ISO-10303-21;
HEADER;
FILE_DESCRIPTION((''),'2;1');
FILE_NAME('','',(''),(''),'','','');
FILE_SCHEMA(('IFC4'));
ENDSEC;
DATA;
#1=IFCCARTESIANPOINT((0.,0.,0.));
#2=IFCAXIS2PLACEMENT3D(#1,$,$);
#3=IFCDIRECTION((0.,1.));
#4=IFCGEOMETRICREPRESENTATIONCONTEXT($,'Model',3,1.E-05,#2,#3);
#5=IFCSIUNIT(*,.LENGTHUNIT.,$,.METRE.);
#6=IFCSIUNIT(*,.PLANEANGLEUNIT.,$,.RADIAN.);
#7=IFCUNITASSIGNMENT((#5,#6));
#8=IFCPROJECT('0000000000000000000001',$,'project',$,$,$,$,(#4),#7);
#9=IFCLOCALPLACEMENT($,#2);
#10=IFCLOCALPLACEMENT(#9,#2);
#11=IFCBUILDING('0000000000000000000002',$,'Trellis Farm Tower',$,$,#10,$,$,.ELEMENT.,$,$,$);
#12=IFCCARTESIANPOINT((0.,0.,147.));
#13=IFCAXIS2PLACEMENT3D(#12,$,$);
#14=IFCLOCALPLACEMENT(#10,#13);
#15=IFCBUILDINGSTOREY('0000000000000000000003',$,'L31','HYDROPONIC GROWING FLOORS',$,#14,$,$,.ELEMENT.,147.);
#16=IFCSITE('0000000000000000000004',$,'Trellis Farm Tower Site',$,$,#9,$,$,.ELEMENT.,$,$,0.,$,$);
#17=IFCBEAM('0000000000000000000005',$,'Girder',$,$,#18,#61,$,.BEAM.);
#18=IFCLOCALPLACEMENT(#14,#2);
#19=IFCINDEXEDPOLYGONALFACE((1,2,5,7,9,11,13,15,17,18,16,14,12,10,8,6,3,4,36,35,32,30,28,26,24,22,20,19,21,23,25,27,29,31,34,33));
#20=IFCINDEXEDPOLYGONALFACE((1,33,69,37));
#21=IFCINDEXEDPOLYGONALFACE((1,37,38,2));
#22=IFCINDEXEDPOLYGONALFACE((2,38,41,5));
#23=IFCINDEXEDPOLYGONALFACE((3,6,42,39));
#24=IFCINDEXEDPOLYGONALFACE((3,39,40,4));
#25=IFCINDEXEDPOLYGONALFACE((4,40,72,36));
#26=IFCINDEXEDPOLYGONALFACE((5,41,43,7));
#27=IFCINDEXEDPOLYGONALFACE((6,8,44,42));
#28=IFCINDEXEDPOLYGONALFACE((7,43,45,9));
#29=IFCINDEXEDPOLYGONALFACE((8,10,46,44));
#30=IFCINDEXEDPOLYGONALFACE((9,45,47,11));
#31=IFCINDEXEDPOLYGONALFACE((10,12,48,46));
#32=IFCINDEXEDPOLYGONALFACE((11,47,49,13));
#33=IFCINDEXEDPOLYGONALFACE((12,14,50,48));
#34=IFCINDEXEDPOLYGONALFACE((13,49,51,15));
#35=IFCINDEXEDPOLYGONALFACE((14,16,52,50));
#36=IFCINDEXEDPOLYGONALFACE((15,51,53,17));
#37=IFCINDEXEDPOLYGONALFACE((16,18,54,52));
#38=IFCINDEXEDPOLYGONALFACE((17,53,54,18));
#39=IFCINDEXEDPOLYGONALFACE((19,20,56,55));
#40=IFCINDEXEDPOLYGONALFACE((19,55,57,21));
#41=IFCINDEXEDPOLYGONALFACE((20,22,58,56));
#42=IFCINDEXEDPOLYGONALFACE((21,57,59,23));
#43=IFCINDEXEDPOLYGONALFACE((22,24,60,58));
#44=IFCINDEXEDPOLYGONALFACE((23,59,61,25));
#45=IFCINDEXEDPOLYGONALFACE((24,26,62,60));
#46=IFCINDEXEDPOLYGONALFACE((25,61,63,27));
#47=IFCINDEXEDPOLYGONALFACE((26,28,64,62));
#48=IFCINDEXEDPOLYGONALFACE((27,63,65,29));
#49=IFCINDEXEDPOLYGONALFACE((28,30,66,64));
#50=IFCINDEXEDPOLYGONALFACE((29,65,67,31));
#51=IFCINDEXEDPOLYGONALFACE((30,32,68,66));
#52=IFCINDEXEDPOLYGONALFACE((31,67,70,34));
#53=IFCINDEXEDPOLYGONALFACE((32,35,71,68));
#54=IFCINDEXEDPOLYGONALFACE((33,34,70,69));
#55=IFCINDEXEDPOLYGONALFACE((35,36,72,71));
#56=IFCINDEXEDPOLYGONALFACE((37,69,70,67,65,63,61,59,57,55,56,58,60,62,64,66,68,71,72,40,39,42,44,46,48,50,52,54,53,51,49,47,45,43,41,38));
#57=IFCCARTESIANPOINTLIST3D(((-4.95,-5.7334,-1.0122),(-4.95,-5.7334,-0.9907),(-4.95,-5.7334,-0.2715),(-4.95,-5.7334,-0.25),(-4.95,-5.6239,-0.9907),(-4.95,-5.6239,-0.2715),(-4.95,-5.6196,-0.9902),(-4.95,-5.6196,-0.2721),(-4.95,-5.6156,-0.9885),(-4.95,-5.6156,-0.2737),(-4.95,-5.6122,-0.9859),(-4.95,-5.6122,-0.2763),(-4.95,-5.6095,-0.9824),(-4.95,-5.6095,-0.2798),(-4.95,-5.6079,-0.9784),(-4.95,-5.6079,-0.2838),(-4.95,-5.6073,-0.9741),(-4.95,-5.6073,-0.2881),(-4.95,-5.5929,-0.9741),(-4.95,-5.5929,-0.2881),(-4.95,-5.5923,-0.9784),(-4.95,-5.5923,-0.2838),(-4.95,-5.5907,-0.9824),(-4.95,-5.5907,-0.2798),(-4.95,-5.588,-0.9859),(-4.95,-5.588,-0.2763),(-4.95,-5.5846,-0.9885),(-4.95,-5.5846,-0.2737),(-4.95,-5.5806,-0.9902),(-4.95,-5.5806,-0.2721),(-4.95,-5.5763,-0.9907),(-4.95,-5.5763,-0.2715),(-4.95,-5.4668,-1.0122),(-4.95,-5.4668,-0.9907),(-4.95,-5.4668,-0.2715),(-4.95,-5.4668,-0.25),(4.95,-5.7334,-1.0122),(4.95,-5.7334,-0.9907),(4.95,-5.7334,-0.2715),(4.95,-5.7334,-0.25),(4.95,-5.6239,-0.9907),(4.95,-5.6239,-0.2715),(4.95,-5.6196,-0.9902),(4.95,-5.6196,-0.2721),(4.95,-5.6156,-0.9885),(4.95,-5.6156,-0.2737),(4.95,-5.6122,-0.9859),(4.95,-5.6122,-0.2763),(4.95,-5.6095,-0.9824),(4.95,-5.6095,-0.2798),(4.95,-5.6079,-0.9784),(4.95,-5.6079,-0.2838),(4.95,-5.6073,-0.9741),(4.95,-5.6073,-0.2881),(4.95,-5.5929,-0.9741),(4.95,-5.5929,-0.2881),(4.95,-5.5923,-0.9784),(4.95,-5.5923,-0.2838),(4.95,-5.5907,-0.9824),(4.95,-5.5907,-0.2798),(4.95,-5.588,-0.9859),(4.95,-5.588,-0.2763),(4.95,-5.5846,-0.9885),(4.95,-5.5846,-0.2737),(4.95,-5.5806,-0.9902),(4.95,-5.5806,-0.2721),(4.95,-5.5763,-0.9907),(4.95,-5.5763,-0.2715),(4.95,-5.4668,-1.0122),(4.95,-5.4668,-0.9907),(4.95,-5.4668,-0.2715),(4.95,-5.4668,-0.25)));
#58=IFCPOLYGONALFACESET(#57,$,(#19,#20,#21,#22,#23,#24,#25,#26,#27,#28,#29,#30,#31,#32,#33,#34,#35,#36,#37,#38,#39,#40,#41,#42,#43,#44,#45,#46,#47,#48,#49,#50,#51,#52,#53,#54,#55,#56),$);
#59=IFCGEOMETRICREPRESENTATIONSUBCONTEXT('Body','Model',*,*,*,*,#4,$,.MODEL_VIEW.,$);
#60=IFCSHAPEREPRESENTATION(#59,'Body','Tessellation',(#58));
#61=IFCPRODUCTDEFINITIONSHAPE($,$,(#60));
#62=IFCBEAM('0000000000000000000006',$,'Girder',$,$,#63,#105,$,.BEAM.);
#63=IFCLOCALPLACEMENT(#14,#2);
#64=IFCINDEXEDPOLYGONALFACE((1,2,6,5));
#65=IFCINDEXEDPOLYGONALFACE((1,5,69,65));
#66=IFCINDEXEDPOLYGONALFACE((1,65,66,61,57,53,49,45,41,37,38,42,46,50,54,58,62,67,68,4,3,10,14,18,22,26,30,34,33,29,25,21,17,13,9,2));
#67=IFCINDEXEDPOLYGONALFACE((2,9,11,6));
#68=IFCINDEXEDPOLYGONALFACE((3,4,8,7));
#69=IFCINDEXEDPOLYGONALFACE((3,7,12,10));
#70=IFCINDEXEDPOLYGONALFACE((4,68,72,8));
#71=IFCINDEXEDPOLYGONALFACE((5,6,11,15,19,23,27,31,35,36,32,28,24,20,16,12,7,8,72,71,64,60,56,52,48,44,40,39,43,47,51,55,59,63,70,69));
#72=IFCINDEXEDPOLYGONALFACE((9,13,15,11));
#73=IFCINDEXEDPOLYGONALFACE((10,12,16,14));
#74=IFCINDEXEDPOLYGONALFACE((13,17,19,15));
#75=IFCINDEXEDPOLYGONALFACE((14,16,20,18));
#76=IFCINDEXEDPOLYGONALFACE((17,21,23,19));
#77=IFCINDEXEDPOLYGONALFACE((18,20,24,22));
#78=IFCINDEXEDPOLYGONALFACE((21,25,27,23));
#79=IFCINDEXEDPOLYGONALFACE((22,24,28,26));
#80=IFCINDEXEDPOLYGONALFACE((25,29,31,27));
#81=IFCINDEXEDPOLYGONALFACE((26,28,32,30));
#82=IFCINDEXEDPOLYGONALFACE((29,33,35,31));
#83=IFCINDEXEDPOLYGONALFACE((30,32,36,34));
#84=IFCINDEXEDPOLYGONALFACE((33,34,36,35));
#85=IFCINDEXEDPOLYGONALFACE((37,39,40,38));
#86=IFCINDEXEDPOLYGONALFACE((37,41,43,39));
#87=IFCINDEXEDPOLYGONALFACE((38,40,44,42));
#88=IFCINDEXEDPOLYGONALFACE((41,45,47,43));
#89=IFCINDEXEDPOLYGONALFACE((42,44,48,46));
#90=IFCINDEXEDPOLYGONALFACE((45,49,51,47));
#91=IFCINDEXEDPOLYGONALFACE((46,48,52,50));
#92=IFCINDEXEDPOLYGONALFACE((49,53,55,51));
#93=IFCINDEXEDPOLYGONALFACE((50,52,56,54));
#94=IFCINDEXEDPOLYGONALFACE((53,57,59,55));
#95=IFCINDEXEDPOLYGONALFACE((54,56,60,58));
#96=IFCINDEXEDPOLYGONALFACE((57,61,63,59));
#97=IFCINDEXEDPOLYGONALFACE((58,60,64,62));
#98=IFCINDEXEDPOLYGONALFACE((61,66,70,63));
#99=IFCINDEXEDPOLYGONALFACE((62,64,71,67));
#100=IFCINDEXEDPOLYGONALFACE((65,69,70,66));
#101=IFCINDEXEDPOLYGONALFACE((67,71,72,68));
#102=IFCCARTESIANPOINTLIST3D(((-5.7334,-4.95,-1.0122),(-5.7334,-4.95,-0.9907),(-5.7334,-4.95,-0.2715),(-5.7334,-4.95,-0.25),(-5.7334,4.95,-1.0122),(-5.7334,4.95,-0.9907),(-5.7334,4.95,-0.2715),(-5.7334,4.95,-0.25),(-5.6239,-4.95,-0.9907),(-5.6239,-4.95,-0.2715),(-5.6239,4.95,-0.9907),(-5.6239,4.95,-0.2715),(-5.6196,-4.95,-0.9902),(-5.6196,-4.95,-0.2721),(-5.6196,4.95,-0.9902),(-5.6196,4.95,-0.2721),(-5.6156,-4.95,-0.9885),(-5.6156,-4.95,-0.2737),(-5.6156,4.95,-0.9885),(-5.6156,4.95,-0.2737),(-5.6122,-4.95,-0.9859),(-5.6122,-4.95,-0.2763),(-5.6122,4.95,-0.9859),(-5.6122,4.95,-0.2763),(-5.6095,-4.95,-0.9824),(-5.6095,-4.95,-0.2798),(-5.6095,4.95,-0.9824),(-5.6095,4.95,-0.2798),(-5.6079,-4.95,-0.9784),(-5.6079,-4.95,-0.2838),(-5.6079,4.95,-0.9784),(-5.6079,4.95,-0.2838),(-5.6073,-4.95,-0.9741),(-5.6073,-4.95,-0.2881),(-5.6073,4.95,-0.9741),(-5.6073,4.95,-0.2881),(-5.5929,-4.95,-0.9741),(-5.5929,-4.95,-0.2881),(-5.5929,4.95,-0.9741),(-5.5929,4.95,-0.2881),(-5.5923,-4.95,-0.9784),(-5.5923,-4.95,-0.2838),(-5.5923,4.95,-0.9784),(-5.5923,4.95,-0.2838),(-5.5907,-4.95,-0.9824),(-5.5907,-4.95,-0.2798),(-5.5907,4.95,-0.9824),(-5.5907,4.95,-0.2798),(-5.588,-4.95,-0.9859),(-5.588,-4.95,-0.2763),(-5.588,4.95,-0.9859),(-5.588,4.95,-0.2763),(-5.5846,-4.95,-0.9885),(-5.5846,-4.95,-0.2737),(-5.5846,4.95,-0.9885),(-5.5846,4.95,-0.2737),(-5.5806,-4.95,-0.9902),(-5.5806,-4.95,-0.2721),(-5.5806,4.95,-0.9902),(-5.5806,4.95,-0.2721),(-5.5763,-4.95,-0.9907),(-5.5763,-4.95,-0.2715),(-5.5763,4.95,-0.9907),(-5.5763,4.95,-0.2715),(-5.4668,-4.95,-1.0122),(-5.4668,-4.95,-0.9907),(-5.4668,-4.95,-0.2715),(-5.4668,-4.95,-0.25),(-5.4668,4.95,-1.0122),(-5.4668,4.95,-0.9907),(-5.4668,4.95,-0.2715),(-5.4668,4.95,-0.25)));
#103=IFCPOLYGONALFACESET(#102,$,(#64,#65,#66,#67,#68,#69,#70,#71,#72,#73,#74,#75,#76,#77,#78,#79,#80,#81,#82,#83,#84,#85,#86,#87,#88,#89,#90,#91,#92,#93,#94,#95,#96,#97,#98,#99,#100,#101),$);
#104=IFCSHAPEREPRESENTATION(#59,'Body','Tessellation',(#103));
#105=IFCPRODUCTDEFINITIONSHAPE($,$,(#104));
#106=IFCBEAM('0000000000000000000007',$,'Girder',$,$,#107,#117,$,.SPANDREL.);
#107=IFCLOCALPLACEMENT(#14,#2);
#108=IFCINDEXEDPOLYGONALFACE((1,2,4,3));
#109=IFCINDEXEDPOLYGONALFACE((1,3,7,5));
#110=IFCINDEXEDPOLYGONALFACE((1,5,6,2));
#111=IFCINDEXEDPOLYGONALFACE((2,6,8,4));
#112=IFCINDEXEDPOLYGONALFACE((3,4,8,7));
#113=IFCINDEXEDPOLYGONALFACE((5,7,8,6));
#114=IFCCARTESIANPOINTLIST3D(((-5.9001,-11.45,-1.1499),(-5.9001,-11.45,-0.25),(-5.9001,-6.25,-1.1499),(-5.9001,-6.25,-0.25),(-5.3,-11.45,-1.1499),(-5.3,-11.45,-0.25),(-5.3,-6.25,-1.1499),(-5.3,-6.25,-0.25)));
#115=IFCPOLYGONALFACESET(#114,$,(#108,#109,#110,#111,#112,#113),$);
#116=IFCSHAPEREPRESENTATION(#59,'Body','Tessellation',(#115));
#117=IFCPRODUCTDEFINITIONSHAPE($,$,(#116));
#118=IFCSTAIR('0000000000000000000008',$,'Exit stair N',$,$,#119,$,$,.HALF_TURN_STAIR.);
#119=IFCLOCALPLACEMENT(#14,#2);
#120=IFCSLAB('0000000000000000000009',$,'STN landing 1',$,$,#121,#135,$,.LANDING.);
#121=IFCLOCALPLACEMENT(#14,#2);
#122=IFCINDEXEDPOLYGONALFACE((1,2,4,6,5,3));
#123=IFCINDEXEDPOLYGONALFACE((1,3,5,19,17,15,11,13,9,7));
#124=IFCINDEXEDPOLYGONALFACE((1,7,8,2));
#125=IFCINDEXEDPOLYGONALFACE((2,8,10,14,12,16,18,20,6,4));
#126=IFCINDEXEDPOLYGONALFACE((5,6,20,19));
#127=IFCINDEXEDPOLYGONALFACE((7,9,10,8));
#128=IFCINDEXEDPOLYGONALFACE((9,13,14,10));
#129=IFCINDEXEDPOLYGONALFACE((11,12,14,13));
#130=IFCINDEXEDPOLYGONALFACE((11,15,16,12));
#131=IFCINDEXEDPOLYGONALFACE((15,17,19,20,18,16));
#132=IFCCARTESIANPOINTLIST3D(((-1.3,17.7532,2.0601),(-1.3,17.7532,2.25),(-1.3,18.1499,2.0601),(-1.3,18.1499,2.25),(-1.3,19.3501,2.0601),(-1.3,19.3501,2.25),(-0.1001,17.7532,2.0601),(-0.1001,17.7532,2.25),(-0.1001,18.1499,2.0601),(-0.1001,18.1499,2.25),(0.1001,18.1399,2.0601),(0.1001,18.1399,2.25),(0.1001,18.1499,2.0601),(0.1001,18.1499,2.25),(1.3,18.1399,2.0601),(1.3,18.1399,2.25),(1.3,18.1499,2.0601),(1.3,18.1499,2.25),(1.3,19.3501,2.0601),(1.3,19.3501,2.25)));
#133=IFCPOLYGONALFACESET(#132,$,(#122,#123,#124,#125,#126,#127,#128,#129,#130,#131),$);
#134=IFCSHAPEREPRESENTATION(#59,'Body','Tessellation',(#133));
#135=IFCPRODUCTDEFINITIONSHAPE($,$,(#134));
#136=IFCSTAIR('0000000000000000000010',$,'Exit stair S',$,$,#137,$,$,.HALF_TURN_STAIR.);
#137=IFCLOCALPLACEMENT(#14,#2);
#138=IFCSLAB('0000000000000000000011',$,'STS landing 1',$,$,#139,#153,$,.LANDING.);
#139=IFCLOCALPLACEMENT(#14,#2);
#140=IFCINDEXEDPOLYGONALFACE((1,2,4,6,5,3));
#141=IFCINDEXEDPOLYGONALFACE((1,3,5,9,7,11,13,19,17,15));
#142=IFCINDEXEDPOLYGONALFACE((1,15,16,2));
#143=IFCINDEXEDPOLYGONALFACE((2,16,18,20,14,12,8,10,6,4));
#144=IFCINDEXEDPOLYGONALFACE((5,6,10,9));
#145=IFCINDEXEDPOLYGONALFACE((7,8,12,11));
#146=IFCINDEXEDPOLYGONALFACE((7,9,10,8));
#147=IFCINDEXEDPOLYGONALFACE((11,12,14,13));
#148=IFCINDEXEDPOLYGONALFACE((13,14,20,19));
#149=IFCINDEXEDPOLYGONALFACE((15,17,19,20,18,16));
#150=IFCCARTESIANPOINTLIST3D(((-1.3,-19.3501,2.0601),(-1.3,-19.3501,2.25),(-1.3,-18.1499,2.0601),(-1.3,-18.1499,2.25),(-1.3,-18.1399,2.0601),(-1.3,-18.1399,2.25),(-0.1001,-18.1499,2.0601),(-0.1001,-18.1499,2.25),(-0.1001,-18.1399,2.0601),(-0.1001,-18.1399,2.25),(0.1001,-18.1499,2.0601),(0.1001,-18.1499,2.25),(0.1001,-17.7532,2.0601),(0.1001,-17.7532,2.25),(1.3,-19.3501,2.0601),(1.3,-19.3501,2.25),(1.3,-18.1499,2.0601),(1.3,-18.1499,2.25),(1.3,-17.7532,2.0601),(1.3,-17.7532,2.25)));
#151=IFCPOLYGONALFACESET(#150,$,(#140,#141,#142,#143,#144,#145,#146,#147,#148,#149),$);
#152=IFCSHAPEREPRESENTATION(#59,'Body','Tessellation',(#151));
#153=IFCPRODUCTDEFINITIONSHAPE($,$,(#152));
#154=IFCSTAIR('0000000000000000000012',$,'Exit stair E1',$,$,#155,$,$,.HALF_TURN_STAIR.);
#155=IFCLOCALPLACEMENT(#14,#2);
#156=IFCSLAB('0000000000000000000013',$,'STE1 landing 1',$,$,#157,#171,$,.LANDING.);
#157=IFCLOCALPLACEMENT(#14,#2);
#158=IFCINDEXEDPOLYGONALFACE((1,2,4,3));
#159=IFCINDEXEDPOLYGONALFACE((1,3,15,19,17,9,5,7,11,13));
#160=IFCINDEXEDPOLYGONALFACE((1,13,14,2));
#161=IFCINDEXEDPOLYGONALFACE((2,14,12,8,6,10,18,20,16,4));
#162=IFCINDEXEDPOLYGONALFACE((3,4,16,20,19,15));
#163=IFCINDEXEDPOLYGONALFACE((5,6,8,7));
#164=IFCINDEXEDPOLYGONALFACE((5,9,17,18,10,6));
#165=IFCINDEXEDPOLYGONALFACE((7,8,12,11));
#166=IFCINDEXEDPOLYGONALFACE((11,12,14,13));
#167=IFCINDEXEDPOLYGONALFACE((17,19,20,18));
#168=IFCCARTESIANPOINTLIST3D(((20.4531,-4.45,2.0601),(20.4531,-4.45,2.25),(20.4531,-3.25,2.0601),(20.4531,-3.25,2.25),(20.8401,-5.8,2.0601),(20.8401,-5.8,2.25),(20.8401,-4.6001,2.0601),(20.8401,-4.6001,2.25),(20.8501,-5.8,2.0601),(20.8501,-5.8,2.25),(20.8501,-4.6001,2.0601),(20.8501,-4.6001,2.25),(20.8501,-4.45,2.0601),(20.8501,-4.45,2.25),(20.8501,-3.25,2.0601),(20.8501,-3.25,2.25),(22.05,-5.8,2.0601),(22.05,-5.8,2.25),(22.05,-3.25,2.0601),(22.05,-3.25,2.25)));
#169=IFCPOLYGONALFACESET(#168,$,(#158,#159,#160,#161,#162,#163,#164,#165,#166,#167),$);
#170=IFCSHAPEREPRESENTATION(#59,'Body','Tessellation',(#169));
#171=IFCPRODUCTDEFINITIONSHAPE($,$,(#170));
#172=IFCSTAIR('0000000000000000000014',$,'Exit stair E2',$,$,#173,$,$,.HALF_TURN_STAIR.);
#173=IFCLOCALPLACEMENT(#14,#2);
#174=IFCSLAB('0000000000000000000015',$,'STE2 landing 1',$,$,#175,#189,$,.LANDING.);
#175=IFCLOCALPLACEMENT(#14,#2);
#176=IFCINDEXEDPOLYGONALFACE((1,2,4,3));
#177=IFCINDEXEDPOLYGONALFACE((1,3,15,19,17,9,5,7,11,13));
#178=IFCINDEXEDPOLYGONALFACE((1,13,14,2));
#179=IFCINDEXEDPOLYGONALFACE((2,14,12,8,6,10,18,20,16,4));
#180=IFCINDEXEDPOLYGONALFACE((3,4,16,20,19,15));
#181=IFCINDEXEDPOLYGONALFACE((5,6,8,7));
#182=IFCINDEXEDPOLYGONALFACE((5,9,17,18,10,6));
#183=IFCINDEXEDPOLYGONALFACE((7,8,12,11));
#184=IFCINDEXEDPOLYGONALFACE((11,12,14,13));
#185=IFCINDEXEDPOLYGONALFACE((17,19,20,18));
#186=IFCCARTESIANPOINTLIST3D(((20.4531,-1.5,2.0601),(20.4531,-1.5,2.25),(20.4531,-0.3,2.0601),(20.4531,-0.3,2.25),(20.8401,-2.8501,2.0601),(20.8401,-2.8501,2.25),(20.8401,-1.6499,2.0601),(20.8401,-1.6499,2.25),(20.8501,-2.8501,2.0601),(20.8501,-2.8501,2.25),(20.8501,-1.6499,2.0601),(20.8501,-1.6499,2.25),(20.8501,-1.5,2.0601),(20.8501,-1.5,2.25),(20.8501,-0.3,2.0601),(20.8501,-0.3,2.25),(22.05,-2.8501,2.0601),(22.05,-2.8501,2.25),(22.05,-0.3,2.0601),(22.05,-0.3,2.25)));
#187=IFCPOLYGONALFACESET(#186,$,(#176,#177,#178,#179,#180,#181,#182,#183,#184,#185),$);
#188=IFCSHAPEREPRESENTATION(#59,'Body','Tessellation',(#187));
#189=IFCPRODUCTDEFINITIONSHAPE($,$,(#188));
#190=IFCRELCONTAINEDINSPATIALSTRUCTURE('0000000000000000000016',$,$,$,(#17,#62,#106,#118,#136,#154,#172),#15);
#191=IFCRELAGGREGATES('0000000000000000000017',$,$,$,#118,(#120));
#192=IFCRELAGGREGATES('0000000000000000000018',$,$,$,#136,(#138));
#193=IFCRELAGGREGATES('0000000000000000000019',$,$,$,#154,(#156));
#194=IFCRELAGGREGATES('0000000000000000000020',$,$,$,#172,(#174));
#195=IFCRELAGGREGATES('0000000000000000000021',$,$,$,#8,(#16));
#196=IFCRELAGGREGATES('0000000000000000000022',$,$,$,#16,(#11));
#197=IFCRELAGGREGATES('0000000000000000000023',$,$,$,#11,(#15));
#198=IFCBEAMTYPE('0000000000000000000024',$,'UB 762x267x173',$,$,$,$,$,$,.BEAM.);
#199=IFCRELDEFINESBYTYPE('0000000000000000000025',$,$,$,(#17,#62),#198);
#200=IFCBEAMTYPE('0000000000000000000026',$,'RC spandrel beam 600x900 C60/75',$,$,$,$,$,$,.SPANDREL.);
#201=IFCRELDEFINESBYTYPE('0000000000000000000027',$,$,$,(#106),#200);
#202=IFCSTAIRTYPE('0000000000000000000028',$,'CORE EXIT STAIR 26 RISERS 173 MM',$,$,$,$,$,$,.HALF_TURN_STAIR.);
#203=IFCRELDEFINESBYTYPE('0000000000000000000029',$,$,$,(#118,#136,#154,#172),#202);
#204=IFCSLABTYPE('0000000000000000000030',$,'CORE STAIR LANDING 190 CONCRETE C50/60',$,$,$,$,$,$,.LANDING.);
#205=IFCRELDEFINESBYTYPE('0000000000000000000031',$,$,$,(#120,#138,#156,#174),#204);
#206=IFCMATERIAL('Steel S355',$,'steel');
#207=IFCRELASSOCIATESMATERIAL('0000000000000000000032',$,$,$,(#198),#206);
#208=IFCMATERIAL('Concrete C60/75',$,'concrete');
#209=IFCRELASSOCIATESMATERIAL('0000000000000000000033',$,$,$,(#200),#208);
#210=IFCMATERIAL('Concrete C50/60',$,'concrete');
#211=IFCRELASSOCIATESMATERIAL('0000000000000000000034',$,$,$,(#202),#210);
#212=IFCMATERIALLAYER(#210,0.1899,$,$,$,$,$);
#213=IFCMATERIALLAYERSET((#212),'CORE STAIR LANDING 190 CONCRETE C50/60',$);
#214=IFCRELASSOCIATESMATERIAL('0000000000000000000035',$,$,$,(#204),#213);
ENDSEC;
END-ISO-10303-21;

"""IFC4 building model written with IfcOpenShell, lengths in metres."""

from ifc_helpers import new_model, si_unit, direction, frame, origin, origin_2d, place, context, subcontext, project, spatial, polyline, rectangle, i_section, outline, extrude, source, transform, mapped, material, layer, layer_set, material_profile, profile_set, type_object, element, aggregate, save


model = new_model("IFC4")

# Units and contexts
model_context = context("Model", 3, precision=1e-05, world=origin(), true_north=direction((0.0, 1.0)))
body_context = subcontext(model_context, "Body", "Model", "MODEL_VIEW")
ifc_project = project(units=[si_unit("LENGTHUNIT", "METRE"), si_unit("PLANEANGLEUNIT", "RADIAN")], contexts=[model_context])

# Site, building, storey
site_placement = place(None, origin())
site = spatial("IfcSite", under=ifc_project, at=site_placement, Name="Trellis Farm Tower Site", CompositionType="ELEMENT", RefElevation=0.0)
building_placement = place(site_placement, origin())
building = spatial("IfcBuilding", under=site, at=building_placement, Name="Trellis Farm Tower", CompositionType="ELEMENT")
storey_placement = place(building_placement, frame((0.0, 0.0, 147.0)))
storey = spatial("IfcBuildingStorey", under=building, at=storey_placement, Name="L31", Description="HYDROPONIC GROWING FLOORS", CompositionType="ELEMENT", Elevation=147.0)

# Beams
ifc_material_1 = material(Name="Steel S355", Category="steel")
ifc_material_profile_1 = material_profile(ifc_material_1, i_section(OverallWidth=0.2666, OverallDepth=0.7622, WebThickness=0.0144, FlangeThickness=0.0215, FilletRadius=0.0166, at=origin_2d()), Name="UB 762x267x173")
ifc_profile_set_1 = profile_set([ifc_material_profile_1], Name="Steel S355")
beam_type_1 = type_object("IfcBeamType", Name="UB 762x267x173", PredefinedType="BEAM", material=ifc_profile_set_1)
shared_shape_1 = source(origin(), body_context, "Body", "SweptSolid", [
    extrude(i_section(OverallWidth=0.2666, OverallDepth=0.7622, WebThickness=0.0144, FlangeThickness=0.0215, FilletRadius=0.0166, at=origin_2d()), origin(), (0.0, 0.0, 1.0), 9.8999),
])
for number, where, z_axis, x_axis, name in (
    (1, (-4.95, -5.6001, -0.6311), (1.0, 0.0, 0.0), (0.0, 1.0, 0.0), "Girder"),
    (2, (-5.6001, -4.95, -0.6311), (0.0, 1.0, 0.0), (-1.0, 0.0, 0.0), "Girder"),
):
    element("IfcBeam", number, at=place(storey_placement, frame(where, z_axis=z_axis, x_axis=x_axis)), inside=storey, type_object=beam_type_1, Name=name, PredefinedType="BEAM", context=body_context, shape_type="MappedRepresentation", body=[
        mapped(shared_shape_1, transform((0.0, 0.0, 0.0))),
    ])
ifc_material_2 = material(Name="Concrete C60/75", Category="concrete")
ifc_material_profile_2 = material_profile(ifc_material_2, rectangle(XDim=0.6001, YDim=0.8999, at=origin_2d()), Name="RC spandrel beam 600x900 C60/75")
ifc_profile_set_2 = profile_set([ifc_material_profile_2], Name="Concrete C60/75")
beam_type_2 = type_object("IfcBeamType", Name="RC spandrel beam 600x900 C60/75", PredefinedType="SPANDREL", material=ifc_profile_set_2)
shared_shape_2 = source(origin(), body_context, "Body", "SweptSolid", [
    extrude(rectangle(XDim=0.6001, YDim=0.8999, at=origin_2d()), origin(), (0.0, 0.0, 1.0), 5.2),
])
beam_1_placement = place(storey_placement, frame((-5.6001, -11.45, -0.7), z_axis=(0.0, 1.0, 0.0), x_axis=(-1.0, 0.0, 0.0)))
element("IfcBeam", 3, at=beam_1_placement, inside=storey, type_object=beam_type_2, Name="Girder", PredefinedType="SPANDREL", context=body_context, shape_type="MappedRepresentation", body=[
    mapped(shared_shape_2, transform((0.0, 0.0, 0.0))),
])

# Stairs, slabs
ifc_material_3 = material(Name="Concrete C50/60", Category="concrete")
stair_type = type_object("IfcStairType", Name="CORE EXIT STAIR 26 RISERS 173 MM", PredefinedType="HALF_TURN_STAIR", material=ifc_material_3)
placement_1 = place(storey_placement, origin())
stair_1 = element("IfcStair", 4, at=placement_1, inside=storey, type_object=stair_type, Name="Exit stair N", PredefinedType="HALF_TURN_STAIR")
ifc_layer_1 = layer(ifc_material_3, 0.1899)
ifc_layer_set_1 = layer_set([ifc_layer_1], Name="CORE STAIR LANDING 190 CONCRETE C50/60")
slab_type_1 = type_object("IfcSlabType", Name="CORE STAIR LANDING 190 CONCRETE C50/60", PredefinedType="LANDING", material=ifc_layer_set_1)
shared_shape_3 = source(origin(), body_context, "Body", "SweptSolid", [
    extrude(outline(polyline([(-0.1001, 17.7532), (-1.3, 17.7532), (-1.3, 18.1499), (-1.3, 19.3501), (1.3, 19.3501), (1.3, 18.1499), (1.3, 18.1399), (0.1001, 18.1399), (0.1001, 18.1499), (-0.1001, 18.1499), (-0.1001, 17.7532)])), origin(), (0.0, 0.0, 1.0), 0.1899),
])
placement_2 = place(storey_placement, frame((0.0, 0.0, 2.0601)))
slab_1 = element("IfcSlab", 5, at=placement_2, type_object=slab_type_1, Name="STN landing 1", PredefinedType="LANDING", context=body_context, shape_type="MappedRepresentation", body=[
    mapped(shared_shape_3, transform((0.0, 0.0, 0.0))),
])
aggregate(stair_1, [slab_1])
stair_2 = element("IfcStair", 6, at=placement_1, inside=storey, type_object=stair_type, Name="Exit stair S", PredefinedType="HALF_TURN_STAIR")
shared_shape_4 = source(origin(), body_context, "Body", "SweptSolid", [
    extrude(outline(polyline([(1.3, -19.3501), (-1.3, -19.3501), (-1.3, -18.1499), (-1.3, -18.1399), (-0.1001, -18.1399), (-0.1001, -18.1499), (0.1001, -18.1499), (0.1001, -17.7532), (1.3, -17.7532), (1.3, -18.1499), (1.3, -19.3501)])), origin(), (0.0, 0.0, 1.0), 0.1899),
])
slab_2 = element("IfcSlab", 7, at=placement_2, type_object=slab_type_1, Name="STS landing 1", PredefinedType="LANDING", context=body_context, shape_type="MappedRepresentation", body=[
    mapped(shared_shape_4, transform((0.0, 0.0, 0.0))),
])
aggregate(stair_2, [slab_2])
stair_3 = element("IfcStair", 8, at=placement_1, inside=storey, type_object=stair_type, Name="Exit stair E1", PredefinedType="HALF_TURN_STAIR")
shared_shape_5 = source(origin(), body_context, "Body", "SweptSolid", [
    extrude(outline(polyline([(20.8401, -5.8), (20.8401, -4.6001), (20.8501, -4.6001), (20.8501, -4.45), (20.4531, -4.45), (20.4531, -3.25), (20.8501, -3.25), (22.05, -3.25), (22.05, -5.8), (20.8501, -5.8), (20.8401, -5.8)])), origin(), (0.0, 0.0, 1.0), 0.1899),
])
slab_3 = element("IfcSlab", 9, at=placement_2, type_object=slab_type_1, Name="STE1 landing 1", PredefinedType="LANDING", context=body_context, shape_type="MappedRepresentation", body=[
    mapped(shared_shape_5, transform((0.0, 0.0, 0.0))),
])
aggregate(stair_3, [slab_3])
stair_4 = element("IfcStair", 10, at=placement_1, inside=storey, type_object=stair_type, Name="Exit stair E2", PredefinedType="HALF_TURN_STAIR")
shared_shape_6 = source(origin(), body_context, "Body", "SweptSolid", [
    extrude(outline(polyline([(20.8401, -2.8501), (20.8401, -1.6499), (20.8501, -1.6499), (20.8501, -1.5), (20.4531, -1.5), (20.4531, -0.3), (20.8501, -0.3), (22.05, -0.3), (22.05, -2.8501), (20.8501, -2.8501), (20.8401, -2.8501)])), origin(), (0.0, 0.0, 1.0), 0.1899),
])
slab_4 = element("IfcSlab", 11, at=placement_2, type_object=slab_type_1, Name="STE2 landing 1", PredefinedType="LANDING", context=body_context, shape_type="MappedRepresentation", body=[
    mapped(shared_shape_6, transform((0.0, 0.0, 0.0))),
])
aggregate(stair_4, [slab_4])

save(model, "model.ifc")
